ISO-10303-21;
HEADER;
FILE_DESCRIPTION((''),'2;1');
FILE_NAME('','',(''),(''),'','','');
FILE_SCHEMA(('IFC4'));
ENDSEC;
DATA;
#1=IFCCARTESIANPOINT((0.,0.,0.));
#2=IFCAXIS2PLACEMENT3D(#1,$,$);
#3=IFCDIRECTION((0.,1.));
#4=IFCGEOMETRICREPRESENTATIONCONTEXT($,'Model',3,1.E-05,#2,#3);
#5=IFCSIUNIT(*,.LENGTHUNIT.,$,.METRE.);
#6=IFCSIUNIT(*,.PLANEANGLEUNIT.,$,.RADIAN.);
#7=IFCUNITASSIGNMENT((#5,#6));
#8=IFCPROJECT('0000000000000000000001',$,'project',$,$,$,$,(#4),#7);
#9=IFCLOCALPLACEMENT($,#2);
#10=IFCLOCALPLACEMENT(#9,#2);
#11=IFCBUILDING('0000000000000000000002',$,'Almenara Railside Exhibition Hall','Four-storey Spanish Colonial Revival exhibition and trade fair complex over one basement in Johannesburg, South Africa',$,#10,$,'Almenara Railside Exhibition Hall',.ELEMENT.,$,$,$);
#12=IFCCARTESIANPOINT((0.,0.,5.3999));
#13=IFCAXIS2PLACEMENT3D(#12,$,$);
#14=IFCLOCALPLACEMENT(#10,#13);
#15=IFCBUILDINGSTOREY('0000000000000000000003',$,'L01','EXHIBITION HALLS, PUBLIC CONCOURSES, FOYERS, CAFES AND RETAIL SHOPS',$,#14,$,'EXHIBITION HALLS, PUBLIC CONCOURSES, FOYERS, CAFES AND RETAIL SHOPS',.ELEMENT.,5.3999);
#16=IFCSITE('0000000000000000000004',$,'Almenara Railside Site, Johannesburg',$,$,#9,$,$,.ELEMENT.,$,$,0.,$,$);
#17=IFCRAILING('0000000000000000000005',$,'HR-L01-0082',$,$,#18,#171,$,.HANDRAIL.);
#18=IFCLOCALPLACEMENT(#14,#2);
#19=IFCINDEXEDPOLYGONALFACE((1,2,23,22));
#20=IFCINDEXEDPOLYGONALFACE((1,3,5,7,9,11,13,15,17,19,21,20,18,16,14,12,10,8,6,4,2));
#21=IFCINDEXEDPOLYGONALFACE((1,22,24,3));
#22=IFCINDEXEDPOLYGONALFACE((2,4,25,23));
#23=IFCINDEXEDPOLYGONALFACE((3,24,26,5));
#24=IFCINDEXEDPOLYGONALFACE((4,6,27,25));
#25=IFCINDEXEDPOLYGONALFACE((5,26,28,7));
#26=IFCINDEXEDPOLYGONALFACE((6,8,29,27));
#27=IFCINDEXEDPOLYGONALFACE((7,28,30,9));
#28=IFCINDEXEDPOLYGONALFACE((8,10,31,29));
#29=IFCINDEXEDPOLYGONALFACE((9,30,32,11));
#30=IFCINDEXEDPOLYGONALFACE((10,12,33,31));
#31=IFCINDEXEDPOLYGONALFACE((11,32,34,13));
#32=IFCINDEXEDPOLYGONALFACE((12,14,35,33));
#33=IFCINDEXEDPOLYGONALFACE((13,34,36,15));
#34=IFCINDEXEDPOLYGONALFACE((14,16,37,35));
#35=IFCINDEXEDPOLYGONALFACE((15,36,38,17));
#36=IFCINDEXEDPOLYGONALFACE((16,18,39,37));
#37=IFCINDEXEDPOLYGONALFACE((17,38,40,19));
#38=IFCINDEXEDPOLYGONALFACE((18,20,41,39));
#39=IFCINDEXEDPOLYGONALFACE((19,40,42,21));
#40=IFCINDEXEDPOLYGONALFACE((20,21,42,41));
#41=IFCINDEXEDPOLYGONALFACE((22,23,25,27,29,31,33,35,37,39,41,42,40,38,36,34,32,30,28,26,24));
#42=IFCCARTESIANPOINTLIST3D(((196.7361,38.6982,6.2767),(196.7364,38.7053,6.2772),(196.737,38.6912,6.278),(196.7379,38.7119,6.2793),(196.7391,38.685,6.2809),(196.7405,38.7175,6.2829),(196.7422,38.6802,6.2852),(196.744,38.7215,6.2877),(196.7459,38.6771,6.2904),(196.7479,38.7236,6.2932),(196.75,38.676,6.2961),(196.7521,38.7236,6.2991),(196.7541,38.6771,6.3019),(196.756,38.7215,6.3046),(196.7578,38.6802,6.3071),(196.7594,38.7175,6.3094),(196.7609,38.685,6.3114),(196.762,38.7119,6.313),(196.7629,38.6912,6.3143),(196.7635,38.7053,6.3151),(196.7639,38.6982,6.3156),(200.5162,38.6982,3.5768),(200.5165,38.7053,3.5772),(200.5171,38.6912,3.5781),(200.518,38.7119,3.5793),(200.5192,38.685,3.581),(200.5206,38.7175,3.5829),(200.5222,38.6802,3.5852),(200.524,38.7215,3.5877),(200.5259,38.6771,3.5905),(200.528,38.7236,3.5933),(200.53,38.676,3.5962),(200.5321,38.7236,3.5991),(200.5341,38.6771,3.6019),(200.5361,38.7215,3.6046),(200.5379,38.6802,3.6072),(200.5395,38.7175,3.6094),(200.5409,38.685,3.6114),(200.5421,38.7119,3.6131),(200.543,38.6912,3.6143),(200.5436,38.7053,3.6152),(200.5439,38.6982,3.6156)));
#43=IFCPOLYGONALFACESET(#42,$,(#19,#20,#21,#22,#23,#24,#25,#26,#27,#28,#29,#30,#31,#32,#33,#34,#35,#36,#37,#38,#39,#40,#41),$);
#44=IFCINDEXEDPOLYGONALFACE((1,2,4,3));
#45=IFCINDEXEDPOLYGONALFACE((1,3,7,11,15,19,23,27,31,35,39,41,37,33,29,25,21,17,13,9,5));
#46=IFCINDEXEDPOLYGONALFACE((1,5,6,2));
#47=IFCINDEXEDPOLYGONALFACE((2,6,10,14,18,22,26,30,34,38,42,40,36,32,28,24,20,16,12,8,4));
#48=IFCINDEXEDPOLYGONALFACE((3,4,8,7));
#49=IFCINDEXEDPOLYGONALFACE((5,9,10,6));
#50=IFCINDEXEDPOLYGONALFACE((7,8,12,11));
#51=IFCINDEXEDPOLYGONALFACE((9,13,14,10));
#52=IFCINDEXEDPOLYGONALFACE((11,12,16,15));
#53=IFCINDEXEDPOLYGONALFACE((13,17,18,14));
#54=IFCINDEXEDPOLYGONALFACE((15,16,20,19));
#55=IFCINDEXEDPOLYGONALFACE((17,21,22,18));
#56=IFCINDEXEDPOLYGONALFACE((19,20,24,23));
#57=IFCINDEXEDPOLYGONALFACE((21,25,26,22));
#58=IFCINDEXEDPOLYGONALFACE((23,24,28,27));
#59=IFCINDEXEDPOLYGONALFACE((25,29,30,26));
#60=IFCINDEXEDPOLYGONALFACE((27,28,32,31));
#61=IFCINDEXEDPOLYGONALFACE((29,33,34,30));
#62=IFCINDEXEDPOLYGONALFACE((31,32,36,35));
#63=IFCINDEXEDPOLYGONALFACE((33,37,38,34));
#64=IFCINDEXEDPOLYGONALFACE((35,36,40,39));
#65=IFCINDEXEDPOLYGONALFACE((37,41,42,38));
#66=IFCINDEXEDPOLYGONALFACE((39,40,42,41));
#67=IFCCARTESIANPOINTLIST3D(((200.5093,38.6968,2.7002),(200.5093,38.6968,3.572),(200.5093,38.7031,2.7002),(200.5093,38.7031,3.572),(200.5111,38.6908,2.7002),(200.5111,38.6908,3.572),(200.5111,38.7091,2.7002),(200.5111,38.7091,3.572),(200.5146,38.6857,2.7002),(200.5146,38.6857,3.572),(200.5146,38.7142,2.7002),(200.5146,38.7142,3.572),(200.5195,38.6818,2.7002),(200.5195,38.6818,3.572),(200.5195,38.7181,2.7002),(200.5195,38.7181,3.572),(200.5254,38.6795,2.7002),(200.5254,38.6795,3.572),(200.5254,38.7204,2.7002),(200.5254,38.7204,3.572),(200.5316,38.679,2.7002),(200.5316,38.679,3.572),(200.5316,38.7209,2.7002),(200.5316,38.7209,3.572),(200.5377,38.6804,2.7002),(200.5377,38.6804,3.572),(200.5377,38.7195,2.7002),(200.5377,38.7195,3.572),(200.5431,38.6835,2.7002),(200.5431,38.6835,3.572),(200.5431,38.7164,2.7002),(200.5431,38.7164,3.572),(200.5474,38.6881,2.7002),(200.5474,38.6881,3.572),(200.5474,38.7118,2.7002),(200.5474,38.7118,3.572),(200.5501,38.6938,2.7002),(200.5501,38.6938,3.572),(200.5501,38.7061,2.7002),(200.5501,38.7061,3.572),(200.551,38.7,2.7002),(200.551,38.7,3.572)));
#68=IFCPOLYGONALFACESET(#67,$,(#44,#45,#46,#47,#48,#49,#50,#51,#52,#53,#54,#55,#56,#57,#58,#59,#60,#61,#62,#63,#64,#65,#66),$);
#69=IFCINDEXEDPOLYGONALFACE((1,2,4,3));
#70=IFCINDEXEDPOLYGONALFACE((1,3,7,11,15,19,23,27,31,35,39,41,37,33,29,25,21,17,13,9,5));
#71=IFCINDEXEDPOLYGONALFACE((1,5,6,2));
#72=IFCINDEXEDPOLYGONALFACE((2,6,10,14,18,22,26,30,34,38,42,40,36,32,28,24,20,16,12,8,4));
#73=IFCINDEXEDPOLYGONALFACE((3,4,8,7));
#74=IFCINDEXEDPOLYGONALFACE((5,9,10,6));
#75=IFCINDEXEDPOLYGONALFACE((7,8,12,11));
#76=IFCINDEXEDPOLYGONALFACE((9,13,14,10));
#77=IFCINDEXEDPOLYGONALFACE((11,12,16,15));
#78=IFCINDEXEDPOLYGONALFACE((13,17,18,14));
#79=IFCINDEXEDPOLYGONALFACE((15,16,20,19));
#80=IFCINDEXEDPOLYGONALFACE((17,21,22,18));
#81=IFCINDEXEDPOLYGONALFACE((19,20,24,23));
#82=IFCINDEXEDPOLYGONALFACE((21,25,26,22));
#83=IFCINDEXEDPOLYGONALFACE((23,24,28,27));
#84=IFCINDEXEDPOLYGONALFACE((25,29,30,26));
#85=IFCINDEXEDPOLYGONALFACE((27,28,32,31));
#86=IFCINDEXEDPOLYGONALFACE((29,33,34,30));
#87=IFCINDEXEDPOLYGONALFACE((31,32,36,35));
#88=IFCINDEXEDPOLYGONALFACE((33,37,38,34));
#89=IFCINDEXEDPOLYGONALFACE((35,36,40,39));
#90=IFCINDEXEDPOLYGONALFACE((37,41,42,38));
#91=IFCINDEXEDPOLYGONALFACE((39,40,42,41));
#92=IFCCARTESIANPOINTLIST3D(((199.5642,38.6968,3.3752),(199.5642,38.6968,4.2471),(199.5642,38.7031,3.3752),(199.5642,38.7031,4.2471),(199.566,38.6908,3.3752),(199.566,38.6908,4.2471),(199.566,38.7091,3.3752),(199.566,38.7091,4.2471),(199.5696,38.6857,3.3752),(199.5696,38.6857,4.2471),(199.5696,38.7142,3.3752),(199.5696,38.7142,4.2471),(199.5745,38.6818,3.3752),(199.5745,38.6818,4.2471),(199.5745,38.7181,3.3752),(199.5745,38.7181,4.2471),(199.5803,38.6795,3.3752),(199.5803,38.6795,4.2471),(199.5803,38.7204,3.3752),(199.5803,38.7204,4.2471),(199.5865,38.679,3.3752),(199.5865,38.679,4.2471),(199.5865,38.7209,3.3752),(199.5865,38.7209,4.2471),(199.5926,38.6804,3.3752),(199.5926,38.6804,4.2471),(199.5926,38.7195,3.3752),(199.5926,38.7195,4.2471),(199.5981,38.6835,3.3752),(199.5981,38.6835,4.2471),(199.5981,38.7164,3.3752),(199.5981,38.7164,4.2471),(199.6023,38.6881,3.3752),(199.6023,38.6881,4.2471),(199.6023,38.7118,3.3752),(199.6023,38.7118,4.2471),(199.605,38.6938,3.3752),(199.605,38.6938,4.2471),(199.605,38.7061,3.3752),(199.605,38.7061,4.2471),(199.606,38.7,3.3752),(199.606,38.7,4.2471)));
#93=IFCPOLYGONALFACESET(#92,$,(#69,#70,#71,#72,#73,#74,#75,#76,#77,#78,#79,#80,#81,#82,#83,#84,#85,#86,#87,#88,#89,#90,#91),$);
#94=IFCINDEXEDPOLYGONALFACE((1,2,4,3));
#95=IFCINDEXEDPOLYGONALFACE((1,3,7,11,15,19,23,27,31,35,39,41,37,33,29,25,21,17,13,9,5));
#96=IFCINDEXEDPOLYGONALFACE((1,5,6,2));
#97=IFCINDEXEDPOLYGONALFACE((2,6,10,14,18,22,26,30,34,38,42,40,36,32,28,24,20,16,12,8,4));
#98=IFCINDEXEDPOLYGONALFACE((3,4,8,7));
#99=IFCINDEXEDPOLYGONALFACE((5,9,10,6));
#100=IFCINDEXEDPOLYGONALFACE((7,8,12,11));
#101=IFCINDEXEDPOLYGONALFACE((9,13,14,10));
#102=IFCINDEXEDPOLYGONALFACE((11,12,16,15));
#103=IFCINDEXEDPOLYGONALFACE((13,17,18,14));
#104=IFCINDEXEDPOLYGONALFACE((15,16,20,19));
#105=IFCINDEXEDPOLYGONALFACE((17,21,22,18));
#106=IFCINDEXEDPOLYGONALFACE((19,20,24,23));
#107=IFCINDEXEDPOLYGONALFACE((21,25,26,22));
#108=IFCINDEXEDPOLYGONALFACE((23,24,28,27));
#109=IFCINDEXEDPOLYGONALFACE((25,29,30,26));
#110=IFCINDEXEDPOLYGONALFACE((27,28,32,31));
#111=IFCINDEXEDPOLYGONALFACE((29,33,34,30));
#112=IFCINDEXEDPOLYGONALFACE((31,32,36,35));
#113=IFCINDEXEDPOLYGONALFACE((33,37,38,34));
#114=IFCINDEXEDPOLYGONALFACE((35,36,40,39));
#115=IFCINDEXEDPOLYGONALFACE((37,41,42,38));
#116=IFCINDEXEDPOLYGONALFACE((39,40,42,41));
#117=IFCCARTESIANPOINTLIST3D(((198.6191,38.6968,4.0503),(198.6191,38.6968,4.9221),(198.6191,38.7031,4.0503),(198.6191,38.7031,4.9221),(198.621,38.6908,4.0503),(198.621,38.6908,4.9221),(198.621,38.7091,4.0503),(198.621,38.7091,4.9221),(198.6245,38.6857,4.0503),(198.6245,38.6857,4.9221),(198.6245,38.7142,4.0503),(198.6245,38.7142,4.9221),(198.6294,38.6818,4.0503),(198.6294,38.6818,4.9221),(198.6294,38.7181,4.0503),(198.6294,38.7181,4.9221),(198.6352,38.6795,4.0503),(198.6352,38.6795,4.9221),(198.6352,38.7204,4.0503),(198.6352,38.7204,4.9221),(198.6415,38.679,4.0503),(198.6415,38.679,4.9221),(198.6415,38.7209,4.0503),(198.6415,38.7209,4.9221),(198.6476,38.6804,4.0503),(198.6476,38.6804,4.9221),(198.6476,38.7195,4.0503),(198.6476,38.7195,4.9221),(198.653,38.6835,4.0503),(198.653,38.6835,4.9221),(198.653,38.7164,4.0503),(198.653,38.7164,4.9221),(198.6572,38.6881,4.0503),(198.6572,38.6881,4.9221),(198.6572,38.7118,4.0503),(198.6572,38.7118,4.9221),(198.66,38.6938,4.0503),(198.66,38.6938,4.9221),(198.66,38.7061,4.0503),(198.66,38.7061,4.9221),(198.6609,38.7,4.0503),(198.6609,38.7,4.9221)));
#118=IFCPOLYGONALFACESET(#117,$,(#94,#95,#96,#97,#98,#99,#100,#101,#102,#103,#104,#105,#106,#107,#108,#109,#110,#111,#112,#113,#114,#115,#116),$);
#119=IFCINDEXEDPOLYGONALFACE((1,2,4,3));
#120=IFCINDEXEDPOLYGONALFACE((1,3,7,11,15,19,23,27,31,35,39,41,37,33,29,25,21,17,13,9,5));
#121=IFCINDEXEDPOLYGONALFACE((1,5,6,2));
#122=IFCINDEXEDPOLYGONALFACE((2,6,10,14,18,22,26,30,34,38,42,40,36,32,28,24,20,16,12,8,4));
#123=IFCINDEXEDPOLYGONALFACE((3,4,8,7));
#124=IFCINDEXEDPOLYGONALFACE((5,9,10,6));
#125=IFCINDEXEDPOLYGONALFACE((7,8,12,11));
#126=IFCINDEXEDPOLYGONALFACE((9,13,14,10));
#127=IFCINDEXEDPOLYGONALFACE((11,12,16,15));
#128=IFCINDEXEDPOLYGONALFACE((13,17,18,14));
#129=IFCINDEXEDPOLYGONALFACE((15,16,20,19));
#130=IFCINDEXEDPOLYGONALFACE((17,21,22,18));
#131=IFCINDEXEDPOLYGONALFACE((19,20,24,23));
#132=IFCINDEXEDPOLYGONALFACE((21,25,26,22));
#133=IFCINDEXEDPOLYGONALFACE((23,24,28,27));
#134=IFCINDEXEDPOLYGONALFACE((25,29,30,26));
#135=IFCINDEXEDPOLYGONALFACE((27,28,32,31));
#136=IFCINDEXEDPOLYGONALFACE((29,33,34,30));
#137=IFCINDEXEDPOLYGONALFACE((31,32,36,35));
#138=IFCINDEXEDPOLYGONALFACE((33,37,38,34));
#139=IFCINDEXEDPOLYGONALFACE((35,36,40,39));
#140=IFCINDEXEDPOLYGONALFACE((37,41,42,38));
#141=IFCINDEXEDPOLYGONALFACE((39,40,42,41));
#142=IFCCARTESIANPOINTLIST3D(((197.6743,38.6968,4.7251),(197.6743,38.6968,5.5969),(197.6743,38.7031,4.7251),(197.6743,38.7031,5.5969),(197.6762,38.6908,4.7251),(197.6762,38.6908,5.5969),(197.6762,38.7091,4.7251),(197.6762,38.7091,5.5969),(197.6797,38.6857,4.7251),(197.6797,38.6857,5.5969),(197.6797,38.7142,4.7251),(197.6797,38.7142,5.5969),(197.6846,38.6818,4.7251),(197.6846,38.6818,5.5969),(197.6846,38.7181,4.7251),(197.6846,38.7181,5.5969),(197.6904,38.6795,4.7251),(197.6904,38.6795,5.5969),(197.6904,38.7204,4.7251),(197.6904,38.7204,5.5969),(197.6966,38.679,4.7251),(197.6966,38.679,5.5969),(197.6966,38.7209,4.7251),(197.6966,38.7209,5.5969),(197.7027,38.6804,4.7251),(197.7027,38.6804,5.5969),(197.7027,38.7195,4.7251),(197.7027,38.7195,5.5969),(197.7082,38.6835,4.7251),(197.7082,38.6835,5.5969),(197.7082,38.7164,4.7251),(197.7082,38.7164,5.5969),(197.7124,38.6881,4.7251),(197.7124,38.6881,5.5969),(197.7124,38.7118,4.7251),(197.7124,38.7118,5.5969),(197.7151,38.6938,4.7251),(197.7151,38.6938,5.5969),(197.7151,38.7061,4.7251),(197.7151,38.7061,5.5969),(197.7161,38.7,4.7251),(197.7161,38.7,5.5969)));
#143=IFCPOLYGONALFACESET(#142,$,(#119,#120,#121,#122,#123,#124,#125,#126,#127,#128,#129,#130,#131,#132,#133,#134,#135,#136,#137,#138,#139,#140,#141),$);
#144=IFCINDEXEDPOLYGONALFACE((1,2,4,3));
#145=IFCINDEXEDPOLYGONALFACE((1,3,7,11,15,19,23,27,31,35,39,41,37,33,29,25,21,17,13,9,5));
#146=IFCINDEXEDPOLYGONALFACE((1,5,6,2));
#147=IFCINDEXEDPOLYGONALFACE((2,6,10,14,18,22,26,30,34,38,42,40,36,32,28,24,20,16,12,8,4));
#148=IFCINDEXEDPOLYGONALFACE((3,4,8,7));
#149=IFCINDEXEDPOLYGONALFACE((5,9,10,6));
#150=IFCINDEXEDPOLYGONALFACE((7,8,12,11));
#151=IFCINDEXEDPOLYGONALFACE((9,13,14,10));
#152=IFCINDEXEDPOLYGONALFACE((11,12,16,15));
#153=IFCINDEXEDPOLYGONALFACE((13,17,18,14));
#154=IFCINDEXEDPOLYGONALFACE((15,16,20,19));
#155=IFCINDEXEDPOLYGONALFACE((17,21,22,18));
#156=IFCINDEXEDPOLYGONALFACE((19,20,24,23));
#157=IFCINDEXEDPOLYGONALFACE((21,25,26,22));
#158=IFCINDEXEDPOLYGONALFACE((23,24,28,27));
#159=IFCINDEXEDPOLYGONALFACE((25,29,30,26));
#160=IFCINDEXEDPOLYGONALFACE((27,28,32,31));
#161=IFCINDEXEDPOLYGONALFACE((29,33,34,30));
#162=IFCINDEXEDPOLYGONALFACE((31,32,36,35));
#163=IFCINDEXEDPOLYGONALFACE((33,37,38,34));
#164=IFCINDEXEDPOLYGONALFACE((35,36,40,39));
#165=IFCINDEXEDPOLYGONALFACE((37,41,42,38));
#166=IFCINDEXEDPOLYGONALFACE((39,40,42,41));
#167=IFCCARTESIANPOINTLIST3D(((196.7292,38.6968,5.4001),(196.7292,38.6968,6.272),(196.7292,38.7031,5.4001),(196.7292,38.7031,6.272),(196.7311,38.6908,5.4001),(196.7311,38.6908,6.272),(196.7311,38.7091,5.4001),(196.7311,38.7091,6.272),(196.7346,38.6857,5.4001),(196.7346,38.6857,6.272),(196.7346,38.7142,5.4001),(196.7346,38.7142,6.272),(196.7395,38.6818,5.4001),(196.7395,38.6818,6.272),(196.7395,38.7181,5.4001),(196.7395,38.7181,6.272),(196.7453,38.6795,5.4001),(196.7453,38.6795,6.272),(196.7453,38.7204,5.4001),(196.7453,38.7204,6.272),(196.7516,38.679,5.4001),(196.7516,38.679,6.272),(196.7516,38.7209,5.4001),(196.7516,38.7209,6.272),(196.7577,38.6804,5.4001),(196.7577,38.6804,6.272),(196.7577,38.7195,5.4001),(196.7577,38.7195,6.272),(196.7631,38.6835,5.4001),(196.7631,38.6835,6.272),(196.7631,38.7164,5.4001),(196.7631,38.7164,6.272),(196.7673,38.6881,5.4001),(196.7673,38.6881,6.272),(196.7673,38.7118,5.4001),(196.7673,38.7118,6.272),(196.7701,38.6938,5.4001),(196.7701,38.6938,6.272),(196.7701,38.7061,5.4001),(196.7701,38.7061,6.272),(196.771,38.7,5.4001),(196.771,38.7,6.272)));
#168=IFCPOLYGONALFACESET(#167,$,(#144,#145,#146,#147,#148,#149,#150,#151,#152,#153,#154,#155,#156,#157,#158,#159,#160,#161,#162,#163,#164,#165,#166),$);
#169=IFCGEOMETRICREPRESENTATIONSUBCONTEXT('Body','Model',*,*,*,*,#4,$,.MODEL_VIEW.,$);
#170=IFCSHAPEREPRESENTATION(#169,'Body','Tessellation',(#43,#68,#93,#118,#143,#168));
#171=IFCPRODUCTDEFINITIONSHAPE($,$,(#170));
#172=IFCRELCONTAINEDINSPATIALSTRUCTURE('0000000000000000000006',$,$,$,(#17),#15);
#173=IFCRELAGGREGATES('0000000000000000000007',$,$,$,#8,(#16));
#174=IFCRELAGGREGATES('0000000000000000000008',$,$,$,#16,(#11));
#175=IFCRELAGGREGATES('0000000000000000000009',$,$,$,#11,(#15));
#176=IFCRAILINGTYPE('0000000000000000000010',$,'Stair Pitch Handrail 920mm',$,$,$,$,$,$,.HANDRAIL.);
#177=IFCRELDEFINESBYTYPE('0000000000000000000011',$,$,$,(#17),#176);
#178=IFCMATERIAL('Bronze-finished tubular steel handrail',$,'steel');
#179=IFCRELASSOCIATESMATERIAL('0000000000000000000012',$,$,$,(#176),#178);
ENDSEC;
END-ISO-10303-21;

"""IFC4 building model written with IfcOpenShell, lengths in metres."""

from ifc_helpers import new_model, si_unit, direction, frame, origin, origin_2d, place, context, subcontext, project, spatial, circle, extrude, material, type_object, element, save


model = new_model("IFC4")

# Units and contexts
model_context = context("Model", 3, precision=1e-05, world=origin(), true_north=direction((0.0, 1.0)))
body_context = subcontext(model_context, "Body", "Model", "MODEL_VIEW")
ifc_project = project(units=[si_unit("LENGTHUNIT", "METRE"), si_unit("PLANEANGLEUNIT", "RADIAN")], contexts=[model_context])

# Site, building, storey
site_placement = place(None, origin())
site = spatial("IfcSite", under=ifc_project, at=site_placement, Name="Almenara Railside Site, Johannesburg", CompositionType="ELEMENT", RefElevation=0.0)
building_placement = place(site_placement, origin())
building = spatial("IfcBuilding", under=site, at=building_placement, Name="Almenara Railside Exhibition Hall", Description="Four-storey Spanish Colonial Revival exhibition and trade fair complex over one basement in Johannesburg, South Africa", LongName="Almenara Railside Exhibition Hall", CompositionType="ELEMENT")
storey_placement = place(building_placement, frame((0.0, 0.0, 5.3999)))
storey = spatial("IfcBuildingStorey", under=building, at=storey_placement, Name="L01", Description="EXHIBITION HALLS, PUBLIC CONCOURSES, FOYERS, CAFES AND RETAIL SHOPS", LongName="EXHIBITION HALLS, PUBLIC CONCOURSES, FOYERS, CAFES AND RETAIL SHOPS", CompositionType="ELEMENT", Elevation=5.3999)

# Railing
ifc_material_1 = material(Name="Bronze-finished tubular steel handrail", Category="steel")
railing_type_1 = type_object("IfcRailingType", Name="Stair Pitch Handrail 920mm", PredefinedType="HANDRAIL", material=ifc_material_1)
railing_1_placement = place(storey_placement, frame((200.53, 38.7, 2.7002)))
element("IfcRailing", 1, at=railing_1_placement, inside=storey, type_object=railing_type_1, Name="HR-L01-0082", PredefinedType="HANDRAIL", context=body_context, shape_type="SweptSolid", body=[
    extrude(circle(Radius=0.0239, at=origin_2d()), frame((0.0, 0.0, 0.896), z_axis=(-0.813741, 0.0, 0.581228), x_axis=(0.0, -1.0, 0.0)), (0.0, 0.0, 1.0), 4.6453),
    extrude(circle(Radius=0.021, at=origin_2d()), origin(), (0.0, 0.0, 1.0), 0.8718),
    extrude(circle(Radius=0.021, at=origin_2d()), frame((-0.9451, 0.0, 0.675)), (0.0, 0.0, 1.0), 0.8718),
    extrude(circle(Radius=0.021, at=origin_2d()), frame((-1.8901, 0.0, 1.3501)), (0.0, 0.0, 1.0), 0.8718),
    extrude(circle(Radius=0.021, at=origin_2d()), frame((-2.835, 0.0, 2.0249)), (0.0, 0.0, 1.0), 0.8718),
    extrude(circle(Radius=0.021, at=origin_2d()), frame((-3.78, 0.0, 2.7)), (0.0, 0.0, 1.0), 0.8718),
])

save(model, "model.ifc")
